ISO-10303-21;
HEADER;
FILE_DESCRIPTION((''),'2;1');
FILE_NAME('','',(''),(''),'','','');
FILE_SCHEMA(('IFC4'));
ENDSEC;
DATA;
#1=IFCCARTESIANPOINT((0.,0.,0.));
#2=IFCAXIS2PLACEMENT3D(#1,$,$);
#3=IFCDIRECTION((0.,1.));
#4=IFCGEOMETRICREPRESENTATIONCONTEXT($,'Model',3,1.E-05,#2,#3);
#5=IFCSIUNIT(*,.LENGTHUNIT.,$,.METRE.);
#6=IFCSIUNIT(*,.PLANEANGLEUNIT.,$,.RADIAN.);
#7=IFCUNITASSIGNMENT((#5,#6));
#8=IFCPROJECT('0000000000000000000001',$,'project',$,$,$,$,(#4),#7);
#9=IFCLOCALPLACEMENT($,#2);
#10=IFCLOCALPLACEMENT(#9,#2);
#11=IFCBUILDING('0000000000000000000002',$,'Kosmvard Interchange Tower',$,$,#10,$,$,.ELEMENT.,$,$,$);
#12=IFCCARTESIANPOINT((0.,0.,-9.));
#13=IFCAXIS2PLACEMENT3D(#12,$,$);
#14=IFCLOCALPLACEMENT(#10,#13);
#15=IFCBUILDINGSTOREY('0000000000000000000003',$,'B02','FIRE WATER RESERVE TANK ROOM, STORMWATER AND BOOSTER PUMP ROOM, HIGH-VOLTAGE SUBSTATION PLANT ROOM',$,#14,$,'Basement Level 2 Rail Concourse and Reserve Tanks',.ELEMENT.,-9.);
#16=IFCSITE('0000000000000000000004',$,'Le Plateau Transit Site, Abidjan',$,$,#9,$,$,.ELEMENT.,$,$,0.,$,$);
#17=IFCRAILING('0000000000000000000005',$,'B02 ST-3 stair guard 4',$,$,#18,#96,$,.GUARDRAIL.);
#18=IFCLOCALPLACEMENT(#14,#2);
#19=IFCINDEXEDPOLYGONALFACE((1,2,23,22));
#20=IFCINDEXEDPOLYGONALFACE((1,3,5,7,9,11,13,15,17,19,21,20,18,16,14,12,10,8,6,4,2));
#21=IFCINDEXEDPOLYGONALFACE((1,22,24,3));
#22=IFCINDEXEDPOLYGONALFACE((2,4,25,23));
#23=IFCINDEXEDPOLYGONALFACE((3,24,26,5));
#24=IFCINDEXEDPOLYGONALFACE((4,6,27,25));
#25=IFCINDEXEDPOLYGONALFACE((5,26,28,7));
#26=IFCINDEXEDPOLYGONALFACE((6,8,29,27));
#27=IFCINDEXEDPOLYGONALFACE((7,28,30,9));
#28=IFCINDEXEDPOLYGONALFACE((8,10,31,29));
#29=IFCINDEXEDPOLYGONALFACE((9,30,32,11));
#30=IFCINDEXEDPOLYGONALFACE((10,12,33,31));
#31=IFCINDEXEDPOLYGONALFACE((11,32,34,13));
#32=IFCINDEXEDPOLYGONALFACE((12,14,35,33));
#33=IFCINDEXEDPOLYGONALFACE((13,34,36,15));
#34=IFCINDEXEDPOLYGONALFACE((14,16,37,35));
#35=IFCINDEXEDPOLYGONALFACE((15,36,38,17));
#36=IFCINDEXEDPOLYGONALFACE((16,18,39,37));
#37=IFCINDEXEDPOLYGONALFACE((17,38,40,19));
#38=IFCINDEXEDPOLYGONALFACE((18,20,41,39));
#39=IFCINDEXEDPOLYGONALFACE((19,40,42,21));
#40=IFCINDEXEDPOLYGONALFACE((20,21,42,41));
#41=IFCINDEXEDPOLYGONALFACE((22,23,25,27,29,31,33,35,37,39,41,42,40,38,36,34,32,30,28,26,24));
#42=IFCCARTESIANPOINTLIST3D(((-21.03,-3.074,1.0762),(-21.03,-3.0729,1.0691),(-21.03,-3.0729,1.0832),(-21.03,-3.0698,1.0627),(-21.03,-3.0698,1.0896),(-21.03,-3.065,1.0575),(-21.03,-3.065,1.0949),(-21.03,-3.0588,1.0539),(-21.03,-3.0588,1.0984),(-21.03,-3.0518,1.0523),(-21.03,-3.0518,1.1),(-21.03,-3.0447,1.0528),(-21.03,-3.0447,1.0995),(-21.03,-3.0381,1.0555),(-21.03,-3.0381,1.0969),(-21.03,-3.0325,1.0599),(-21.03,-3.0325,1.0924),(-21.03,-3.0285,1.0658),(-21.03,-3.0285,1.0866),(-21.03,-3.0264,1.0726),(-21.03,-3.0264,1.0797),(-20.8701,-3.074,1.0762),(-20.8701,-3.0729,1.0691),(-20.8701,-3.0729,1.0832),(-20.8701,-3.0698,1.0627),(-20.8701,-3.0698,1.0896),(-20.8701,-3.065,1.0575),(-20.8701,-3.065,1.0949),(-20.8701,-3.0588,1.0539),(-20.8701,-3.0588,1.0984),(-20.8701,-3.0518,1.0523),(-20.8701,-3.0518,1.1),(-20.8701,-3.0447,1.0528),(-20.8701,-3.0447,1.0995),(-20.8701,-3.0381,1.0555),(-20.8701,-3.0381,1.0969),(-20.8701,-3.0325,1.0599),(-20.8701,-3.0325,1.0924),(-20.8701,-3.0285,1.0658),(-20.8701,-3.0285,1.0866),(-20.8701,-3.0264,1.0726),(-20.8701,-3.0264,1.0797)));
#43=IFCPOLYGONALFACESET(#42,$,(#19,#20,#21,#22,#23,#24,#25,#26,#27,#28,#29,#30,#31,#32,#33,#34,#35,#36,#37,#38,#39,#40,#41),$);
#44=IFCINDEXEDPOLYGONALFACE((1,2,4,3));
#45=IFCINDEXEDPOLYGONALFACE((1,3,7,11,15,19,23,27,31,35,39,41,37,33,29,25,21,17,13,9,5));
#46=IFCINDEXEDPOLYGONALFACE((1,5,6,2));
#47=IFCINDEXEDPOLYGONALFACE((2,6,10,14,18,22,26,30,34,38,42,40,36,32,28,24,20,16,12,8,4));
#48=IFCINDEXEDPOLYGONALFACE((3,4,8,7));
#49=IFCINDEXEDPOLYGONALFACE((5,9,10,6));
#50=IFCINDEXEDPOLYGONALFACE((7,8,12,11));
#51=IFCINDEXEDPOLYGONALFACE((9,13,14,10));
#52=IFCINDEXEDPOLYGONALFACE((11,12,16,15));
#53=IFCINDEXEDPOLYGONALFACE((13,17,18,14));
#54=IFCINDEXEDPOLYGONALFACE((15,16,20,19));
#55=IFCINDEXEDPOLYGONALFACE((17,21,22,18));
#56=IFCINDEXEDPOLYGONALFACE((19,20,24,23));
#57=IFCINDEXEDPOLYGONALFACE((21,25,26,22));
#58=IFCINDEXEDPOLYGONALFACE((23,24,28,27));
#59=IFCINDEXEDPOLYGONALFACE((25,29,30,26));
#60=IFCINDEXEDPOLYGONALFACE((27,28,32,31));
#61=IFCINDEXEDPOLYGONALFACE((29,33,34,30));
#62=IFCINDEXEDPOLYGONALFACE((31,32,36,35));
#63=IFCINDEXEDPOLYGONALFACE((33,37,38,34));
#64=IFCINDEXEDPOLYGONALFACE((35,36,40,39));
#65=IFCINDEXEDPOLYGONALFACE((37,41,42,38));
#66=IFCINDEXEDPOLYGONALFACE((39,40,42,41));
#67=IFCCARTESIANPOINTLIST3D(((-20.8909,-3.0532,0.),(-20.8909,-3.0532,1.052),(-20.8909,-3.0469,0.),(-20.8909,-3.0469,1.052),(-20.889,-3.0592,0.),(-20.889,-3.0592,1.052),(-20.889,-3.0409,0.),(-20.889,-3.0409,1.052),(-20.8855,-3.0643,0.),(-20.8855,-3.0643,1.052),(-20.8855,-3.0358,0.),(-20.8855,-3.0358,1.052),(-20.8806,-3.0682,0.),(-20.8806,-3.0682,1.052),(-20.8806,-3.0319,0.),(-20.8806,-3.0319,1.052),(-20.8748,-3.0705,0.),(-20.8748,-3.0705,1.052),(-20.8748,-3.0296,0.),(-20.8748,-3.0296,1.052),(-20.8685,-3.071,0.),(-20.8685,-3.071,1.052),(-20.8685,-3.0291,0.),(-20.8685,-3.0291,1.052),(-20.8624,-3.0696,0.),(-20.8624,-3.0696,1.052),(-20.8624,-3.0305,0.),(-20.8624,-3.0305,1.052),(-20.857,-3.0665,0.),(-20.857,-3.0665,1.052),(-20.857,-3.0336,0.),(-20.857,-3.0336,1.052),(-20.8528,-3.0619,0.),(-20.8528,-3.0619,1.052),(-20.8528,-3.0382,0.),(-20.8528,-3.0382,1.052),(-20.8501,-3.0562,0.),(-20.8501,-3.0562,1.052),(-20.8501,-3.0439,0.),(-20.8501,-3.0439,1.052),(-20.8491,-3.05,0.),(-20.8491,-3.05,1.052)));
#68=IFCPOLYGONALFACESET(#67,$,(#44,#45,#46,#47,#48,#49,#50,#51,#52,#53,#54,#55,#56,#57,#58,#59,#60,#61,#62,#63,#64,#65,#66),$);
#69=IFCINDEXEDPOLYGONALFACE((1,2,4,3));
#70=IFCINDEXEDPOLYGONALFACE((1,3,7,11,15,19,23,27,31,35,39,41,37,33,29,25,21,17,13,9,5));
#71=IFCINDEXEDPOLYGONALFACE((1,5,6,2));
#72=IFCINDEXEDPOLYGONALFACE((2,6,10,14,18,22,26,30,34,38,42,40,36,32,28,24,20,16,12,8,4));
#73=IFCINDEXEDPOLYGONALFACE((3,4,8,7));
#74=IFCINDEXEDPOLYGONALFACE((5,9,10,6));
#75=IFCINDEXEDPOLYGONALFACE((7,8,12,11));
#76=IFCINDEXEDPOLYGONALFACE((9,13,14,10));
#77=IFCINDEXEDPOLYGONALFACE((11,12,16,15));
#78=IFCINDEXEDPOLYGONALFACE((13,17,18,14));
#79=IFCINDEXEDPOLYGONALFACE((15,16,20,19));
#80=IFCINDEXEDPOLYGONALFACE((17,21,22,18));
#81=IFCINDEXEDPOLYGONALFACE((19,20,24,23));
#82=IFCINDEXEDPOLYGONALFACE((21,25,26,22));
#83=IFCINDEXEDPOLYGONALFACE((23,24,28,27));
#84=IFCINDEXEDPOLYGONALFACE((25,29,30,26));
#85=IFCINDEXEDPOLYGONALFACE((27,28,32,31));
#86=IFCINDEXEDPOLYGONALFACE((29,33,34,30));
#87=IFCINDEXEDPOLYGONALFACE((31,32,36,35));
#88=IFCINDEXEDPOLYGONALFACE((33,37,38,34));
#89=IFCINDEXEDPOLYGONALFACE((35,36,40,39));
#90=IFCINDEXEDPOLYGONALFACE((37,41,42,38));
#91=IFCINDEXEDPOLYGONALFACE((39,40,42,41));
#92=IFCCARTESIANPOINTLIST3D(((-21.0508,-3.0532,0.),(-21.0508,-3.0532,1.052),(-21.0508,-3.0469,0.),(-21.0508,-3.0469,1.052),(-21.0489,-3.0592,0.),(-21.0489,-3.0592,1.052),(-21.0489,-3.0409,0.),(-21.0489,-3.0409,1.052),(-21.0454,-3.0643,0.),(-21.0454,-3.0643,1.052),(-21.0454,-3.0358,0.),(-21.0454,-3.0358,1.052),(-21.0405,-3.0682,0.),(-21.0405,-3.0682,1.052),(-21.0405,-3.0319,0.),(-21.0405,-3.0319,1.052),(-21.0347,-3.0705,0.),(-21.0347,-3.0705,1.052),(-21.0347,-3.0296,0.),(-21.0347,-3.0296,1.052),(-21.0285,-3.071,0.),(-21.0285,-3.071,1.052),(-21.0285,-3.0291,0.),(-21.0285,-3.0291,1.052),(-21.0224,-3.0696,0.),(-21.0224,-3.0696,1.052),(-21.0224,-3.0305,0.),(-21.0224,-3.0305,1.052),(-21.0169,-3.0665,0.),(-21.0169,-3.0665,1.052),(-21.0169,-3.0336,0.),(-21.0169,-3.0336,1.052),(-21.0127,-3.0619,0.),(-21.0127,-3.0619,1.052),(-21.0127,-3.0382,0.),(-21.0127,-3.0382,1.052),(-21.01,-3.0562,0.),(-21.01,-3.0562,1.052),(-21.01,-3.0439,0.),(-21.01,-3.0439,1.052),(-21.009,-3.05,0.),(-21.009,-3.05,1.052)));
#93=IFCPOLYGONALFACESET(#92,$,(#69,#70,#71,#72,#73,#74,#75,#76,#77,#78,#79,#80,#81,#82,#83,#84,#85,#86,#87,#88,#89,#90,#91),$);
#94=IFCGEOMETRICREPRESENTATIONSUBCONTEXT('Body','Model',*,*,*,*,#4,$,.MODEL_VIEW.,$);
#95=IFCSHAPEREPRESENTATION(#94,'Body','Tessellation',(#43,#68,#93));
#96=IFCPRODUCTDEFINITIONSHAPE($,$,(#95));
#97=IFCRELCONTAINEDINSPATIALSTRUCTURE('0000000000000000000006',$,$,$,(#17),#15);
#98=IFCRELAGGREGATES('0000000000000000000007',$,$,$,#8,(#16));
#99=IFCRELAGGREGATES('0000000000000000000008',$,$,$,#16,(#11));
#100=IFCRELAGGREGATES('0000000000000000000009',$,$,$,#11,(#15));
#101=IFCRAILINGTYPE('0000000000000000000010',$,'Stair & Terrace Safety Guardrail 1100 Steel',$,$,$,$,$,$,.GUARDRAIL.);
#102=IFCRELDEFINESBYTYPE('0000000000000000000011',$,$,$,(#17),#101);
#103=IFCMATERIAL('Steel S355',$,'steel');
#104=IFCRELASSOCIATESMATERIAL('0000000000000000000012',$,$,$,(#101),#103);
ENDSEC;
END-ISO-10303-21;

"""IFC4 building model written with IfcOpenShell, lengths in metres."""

from ifc_helpers import new_model, si_unit, direction, frame, origin, origin_2d, place, context, subcontext, project, spatial, circle, extrude, source, transform, mapped, material, type_object, element, save


model = new_model("IFC4")

# Units and contexts
model_context = context("Model", 3, precision=1e-05, world=origin(), true_north=direction((0.0, 1.0)))
body_context = subcontext(model_context, "Body", "Model", "MODEL_VIEW")
ifc_project = project(units=[si_unit("LENGTHUNIT", "METRE"), si_unit("PLANEANGLEUNIT", "RADIAN")], contexts=[model_context])

# Site, building, storey
site_placement = place(None, origin())
site = spatial("IfcSite", under=ifc_project, at=site_placement, Name="Le Plateau Transit Site, Abidjan", CompositionType="ELEMENT", RefElevation=0.0)
building_placement = place(site_placement, origin())
building = spatial("IfcBuilding", under=site, at=building_placement, Name="Kosmvard Interchange Tower", CompositionType="ELEMENT")
storey_placement = place(building_placement, frame((0.0, 0.0, -9.0)))
storey = spatial("IfcBuildingStorey", under=building, at=storey_placement, Name="B02", Description="FIRE WATER RESERVE TANK ROOM, STORMWATER AND BOOSTER PUMP ROOM, HIGH-VOLTAGE SUBSTATION PLANT ROOM", LongName="Basement Level 2 Rail Concourse and Reserve Tanks", CompositionType="ELEMENT", Elevation=-9.0)

# Railing
ifc_material_1 = material(Name="Steel S355", Category="steel")
railing_type_1 = type_object("IfcRailingType", Name="Stair & Terrace Safety Guardrail 1100 Steel", PredefinedType="GUARDRAIL", material=ifc_material_1)
shared_shape_1 = source(origin(), body_context, "Body", "SweptSolid", [
    extrude(circle(Radius=0.0239, at=origin_2d()), frame((0.0, 0.0, 1.0762), z_axis=(-1.0, 0.0, 0.0), x_axis=(0.0, -1.0, 0.0)), (0.0, 0.0, 1.0), 0.1599),
    extrude(circle(Radius=0.021, at=origin_2d()), origin(), (0.0, 0.0, 1.0), 1.052),
    extrude(circle(Radius=0.021, at=origin_2d()), frame((-0.1599, 0.0, 0.0)), (0.0, 0.0, 1.0), 1.052),
])
railing_1_placement = place(storey_placement, frame((-20.8701, -3.05, 0.0)))
element("IfcRailing", 1, at=railing_1_placement, inside=storey, type_object=railing_type_1, Name="B02 ST-3 stair guard 4", PredefinedType="GUARDRAIL", context=body_context, shape_type="MappedRepresentation", body=[
    mapped(shared_shape_1, transform((0.0, 0.0, 0.0), scale=1.0)),
])

save(model, "model.ifc")
